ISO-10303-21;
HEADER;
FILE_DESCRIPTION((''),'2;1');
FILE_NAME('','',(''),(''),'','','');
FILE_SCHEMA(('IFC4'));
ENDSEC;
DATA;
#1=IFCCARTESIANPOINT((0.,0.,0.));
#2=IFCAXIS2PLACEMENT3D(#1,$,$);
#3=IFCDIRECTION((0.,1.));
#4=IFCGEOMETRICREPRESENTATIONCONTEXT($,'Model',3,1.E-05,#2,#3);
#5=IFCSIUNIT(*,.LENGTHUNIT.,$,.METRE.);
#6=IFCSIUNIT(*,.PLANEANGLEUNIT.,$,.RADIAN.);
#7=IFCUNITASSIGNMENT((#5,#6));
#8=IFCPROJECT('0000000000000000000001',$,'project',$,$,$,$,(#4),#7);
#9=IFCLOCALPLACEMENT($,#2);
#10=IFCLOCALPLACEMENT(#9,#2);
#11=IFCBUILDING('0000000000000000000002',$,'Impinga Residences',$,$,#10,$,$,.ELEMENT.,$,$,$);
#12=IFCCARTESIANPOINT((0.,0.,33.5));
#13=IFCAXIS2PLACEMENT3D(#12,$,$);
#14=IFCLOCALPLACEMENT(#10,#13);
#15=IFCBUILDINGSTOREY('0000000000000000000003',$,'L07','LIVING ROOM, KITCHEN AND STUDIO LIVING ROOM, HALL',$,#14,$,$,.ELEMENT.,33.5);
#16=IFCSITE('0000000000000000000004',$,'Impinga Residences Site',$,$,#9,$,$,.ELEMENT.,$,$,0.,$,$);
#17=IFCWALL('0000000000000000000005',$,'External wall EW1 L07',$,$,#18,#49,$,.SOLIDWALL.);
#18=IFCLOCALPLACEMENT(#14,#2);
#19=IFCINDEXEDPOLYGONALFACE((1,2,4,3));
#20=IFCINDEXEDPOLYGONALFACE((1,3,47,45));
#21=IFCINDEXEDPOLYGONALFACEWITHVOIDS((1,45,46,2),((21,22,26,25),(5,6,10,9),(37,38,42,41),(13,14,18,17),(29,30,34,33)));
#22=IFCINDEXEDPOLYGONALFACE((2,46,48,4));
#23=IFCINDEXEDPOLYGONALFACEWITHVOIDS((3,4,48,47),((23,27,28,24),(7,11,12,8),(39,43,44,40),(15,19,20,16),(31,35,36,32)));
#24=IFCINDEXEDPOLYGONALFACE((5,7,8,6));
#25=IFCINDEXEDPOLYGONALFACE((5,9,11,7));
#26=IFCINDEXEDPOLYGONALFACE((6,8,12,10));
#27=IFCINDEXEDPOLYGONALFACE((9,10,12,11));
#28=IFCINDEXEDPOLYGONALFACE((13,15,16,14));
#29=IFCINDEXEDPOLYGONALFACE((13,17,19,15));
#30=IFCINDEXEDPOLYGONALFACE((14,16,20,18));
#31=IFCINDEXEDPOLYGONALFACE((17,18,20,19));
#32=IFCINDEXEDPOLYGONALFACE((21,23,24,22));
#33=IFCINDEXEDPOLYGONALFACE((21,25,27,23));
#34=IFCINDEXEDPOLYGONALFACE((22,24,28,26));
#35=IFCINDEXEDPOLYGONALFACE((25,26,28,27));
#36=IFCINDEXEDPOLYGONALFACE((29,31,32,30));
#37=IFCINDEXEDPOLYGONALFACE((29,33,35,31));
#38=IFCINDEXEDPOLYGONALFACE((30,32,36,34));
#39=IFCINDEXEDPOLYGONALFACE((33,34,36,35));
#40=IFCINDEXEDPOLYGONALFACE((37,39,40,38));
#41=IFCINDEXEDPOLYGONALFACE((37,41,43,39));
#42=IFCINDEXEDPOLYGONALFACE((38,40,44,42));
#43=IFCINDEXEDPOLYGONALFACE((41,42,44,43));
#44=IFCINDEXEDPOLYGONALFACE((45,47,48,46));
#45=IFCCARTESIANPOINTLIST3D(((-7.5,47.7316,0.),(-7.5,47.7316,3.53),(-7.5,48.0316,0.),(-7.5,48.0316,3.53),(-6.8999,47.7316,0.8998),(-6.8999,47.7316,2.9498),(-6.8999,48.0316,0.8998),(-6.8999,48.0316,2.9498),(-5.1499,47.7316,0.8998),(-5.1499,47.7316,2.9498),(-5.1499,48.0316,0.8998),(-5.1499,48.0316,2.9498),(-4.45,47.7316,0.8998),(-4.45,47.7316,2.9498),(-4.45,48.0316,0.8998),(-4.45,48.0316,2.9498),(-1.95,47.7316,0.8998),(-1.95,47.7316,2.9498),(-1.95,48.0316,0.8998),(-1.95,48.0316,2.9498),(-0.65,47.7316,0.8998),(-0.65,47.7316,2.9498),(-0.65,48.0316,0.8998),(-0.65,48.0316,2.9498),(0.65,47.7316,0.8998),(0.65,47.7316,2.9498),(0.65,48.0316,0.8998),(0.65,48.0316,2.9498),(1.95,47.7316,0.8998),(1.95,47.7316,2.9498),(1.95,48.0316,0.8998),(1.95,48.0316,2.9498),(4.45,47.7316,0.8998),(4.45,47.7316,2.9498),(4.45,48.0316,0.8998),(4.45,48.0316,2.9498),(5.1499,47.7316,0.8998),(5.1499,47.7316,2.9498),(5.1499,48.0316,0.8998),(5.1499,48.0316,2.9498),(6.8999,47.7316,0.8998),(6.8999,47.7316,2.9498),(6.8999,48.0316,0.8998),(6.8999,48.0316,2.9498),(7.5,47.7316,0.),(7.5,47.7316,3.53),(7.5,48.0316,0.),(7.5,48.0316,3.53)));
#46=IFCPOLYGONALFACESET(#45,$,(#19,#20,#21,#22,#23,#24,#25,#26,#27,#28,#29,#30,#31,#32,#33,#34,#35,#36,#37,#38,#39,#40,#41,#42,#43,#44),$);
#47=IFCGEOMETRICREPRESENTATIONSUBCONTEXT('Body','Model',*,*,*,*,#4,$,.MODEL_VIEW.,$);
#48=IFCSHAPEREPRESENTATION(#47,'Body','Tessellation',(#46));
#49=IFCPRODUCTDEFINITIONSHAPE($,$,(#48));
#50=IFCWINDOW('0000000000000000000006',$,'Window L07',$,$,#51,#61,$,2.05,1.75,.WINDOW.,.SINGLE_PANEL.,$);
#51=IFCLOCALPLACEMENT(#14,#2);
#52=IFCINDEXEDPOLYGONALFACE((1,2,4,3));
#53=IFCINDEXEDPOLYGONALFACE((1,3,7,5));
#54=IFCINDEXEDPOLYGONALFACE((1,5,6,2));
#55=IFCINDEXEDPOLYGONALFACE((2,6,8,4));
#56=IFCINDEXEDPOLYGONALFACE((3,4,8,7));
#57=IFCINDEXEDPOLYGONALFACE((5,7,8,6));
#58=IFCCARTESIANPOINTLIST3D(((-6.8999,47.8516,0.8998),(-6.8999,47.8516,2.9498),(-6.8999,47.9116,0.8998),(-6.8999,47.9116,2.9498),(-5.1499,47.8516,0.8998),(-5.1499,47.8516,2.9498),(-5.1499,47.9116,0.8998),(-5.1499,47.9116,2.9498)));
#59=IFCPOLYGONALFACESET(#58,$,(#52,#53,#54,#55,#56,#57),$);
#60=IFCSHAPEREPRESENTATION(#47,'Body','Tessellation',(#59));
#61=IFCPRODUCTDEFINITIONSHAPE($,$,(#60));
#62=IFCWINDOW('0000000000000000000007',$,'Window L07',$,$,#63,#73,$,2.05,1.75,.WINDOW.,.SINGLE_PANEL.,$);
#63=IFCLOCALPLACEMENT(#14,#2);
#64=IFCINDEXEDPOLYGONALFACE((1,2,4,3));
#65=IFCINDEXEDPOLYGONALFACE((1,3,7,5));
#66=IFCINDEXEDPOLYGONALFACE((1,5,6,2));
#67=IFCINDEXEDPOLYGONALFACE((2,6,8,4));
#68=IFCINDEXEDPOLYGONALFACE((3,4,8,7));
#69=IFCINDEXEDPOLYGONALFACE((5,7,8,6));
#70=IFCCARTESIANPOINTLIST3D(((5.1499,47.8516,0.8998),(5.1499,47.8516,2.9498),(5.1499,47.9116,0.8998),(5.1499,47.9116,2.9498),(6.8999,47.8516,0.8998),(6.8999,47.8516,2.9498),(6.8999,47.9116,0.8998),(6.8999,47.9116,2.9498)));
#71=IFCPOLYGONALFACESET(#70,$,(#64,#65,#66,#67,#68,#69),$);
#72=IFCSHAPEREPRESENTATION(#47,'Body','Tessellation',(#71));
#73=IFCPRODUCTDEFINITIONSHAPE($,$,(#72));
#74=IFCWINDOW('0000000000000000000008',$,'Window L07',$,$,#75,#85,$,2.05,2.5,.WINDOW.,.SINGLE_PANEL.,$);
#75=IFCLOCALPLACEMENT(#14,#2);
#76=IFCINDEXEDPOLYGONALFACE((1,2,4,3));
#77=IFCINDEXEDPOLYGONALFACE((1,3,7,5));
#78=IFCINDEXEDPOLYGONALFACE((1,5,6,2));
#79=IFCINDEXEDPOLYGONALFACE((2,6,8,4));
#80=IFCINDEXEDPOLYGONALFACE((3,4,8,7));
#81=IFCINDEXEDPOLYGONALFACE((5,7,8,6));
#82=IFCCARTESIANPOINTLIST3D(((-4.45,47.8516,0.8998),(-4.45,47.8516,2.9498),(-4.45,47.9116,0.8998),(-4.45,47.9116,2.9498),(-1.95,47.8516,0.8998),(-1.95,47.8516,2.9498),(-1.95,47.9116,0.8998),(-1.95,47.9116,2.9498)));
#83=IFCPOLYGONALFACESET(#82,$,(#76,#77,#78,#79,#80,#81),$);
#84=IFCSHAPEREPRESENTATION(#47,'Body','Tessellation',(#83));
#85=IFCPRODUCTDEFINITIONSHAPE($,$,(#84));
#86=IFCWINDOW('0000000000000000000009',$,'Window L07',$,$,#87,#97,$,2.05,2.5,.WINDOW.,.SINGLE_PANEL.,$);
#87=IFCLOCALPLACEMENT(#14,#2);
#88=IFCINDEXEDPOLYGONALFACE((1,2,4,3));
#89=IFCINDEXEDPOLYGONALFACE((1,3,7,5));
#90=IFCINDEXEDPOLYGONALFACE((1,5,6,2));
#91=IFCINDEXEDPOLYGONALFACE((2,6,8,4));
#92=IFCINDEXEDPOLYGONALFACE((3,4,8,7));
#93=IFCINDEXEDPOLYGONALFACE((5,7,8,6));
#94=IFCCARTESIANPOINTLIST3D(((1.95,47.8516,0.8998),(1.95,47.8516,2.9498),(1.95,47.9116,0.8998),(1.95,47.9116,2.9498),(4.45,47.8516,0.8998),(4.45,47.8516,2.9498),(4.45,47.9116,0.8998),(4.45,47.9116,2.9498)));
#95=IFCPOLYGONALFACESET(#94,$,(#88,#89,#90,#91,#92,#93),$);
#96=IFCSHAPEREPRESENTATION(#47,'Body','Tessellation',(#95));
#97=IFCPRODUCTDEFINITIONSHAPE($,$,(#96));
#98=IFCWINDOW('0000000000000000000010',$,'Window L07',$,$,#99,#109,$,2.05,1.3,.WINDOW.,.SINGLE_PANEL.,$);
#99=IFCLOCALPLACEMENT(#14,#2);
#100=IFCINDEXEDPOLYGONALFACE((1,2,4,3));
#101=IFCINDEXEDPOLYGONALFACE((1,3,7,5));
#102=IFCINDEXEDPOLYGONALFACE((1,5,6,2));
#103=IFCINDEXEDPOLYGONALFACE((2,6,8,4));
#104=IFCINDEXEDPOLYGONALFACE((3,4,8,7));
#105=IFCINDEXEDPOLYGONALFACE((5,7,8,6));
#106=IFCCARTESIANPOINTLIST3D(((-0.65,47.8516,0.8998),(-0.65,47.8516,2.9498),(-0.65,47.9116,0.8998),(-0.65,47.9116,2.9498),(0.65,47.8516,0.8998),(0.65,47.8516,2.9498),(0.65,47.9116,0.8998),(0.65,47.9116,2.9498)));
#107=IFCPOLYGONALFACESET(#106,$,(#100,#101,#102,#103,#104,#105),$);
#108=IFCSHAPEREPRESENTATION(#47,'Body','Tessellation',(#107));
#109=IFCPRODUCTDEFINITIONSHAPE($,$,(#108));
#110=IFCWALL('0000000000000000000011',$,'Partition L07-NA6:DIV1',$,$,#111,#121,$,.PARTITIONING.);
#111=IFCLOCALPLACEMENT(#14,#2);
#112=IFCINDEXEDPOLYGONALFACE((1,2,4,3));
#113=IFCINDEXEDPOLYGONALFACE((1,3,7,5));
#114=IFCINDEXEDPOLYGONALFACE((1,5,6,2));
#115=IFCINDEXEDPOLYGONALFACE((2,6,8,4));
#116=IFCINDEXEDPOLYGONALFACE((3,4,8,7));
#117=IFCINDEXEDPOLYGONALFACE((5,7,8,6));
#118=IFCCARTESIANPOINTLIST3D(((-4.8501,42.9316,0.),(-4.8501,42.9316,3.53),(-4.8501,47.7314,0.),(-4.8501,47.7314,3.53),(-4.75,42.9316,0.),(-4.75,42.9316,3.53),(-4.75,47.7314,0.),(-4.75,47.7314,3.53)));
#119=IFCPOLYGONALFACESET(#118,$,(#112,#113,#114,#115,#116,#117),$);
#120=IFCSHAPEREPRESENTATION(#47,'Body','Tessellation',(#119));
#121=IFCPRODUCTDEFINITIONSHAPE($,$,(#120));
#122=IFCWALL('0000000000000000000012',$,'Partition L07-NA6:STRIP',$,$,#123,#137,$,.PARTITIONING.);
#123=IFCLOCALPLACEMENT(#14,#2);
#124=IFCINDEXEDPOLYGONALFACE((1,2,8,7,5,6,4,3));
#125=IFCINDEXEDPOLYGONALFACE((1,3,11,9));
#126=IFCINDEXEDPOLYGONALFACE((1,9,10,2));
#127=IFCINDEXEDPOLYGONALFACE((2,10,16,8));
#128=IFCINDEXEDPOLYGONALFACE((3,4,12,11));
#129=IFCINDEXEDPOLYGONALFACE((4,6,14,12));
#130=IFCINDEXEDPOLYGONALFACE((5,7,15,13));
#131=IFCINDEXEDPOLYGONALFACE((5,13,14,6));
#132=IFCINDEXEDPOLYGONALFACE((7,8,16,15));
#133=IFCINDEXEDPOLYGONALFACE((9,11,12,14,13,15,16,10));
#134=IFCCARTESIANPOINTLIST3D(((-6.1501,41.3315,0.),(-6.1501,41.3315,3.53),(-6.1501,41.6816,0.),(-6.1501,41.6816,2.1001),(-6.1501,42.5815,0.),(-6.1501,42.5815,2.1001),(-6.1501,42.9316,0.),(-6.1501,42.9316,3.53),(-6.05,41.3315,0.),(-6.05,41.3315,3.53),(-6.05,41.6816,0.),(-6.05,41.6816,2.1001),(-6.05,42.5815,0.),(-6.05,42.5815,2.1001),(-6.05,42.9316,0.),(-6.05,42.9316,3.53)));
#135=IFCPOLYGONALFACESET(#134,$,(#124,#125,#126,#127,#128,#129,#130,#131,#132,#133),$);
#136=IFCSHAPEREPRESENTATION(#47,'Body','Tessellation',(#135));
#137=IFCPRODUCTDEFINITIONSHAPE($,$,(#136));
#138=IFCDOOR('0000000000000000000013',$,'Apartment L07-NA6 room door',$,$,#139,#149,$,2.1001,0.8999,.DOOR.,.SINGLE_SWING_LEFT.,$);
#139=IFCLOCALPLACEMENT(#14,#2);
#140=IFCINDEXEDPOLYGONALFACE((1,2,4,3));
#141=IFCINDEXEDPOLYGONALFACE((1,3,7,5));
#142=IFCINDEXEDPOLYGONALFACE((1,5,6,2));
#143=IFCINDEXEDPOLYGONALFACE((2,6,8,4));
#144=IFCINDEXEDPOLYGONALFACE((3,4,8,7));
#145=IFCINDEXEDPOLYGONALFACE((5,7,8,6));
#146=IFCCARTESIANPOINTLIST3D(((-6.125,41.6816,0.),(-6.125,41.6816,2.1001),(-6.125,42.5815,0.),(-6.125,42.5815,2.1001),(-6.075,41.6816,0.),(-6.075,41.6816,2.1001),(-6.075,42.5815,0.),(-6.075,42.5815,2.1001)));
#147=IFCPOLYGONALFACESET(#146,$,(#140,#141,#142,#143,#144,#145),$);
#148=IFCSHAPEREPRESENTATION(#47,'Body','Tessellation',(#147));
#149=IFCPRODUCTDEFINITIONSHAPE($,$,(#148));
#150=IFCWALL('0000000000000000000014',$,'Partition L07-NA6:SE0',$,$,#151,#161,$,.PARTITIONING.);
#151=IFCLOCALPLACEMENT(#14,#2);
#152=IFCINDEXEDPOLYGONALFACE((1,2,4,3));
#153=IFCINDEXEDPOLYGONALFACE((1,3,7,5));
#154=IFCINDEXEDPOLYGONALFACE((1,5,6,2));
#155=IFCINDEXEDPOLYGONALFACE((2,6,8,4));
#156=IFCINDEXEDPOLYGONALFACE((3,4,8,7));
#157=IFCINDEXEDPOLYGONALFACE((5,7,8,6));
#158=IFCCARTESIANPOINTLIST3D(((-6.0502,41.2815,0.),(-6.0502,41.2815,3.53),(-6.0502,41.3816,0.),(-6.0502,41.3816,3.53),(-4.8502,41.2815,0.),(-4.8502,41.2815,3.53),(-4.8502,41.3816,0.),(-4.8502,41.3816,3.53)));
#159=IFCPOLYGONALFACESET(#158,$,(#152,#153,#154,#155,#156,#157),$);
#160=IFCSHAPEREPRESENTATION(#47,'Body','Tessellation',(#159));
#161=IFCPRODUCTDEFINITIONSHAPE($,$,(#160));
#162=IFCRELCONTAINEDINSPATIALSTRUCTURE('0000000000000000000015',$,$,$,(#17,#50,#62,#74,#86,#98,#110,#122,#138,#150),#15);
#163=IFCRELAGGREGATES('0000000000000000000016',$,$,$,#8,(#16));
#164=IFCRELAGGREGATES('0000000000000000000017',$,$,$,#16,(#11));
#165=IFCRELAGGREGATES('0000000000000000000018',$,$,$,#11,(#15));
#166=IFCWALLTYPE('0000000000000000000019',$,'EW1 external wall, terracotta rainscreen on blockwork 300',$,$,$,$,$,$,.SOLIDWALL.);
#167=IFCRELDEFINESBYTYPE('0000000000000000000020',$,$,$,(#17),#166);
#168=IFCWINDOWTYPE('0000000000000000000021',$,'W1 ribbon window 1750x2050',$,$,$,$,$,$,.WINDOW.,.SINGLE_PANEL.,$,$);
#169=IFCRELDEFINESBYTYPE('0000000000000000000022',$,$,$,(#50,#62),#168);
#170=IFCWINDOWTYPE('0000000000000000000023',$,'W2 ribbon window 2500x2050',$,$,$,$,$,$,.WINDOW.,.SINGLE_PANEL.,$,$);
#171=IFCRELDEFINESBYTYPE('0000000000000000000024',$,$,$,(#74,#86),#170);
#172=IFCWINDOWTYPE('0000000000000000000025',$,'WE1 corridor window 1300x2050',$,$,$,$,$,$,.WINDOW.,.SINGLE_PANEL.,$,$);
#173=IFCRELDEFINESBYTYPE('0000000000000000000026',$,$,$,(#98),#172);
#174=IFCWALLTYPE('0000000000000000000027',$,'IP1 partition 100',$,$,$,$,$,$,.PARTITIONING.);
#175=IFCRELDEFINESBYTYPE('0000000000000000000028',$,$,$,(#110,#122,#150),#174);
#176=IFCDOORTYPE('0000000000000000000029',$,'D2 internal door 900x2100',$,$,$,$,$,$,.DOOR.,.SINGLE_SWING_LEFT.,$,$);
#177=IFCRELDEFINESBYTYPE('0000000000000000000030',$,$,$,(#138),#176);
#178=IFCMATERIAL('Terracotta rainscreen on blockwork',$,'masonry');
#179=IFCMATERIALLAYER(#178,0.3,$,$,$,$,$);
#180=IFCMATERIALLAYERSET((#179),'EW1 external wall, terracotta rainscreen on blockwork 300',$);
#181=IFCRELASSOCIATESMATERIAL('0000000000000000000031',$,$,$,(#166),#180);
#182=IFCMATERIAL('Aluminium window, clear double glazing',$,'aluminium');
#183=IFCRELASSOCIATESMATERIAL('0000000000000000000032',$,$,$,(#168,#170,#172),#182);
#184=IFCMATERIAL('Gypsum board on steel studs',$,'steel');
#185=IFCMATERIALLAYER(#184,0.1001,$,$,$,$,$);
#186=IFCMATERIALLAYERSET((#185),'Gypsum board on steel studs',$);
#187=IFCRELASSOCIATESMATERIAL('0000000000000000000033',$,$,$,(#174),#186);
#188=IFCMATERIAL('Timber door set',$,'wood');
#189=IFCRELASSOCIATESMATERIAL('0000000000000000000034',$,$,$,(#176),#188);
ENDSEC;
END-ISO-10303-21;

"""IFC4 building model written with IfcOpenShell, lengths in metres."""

from ifc_helpers import new_model, si_unit, direction, frame, frame_2d, origin, place, context, subcontext, project, spatial, rectangle, extrude, material, layer, layer_set, type_object, element, fill, save


model = new_model("IFC4")

# Units and contexts
model_context = context("Model", 3, precision=1e-05, world=origin(), true_north=direction((0.0, 1.0)))
body_context = subcontext(model_context, "Body", "Model", "MODEL_VIEW")
ifc_project = project(units=[si_unit("LENGTHUNIT", "METRE"), si_unit("PLANEANGLEUNIT", "RADIAN")], contexts=[model_context])

# Site, building, storey
site_placement = place(None, origin())
site = spatial("IfcSite", under=ifc_project, at=site_placement, Name="Impinga Residences Site", CompositionType="ELEMENT", RefElevation=0.0)
building_placement = place(site_placement, origin())
building = spatial("IfcBuilding", under=site, at=building_placement, Name="Impinga Residences", CompositionType="ELEMENT")
storey_placement = place(building_placement, frame((0.0, 0.0, 33.5)))
storey = spatial("IfcBuildingStorey", under=building, at=storey_placement, Name="L07", Description="LIVING ROOM, KITCHEN AND STUDIO LIVING ROOM, HALL", CompositionType="ELEMENT", Elevation=33.5)

# Shared definitions
ifc_material_1 = material(Name="Terracotta rainscreen on blockwork", Category="masonry")
ifc_layer_1 = layer(ifc_material_1, 0.3)
ifc_layer_set_1 = layer_set([ifc_layer_1], Name="EW1 external wall, terracotta rainscreen on blockwork 300")
wall_type_1 = type_object("IfcWallType", Name="EW1 external wall, terracotta rainscreen on blockwork 300", PredefinedType="SOLIDWALL", material=ifc_layer_set_1)

# Wall, openings, windows
wall_1_placement = place(storey_placement, frame((-7.5, 47.8816, 0.0), z_axis=(0.0, 0.0, 1.0), x_axis=(1.0, 0.0, 0.0)))
wall_1 = element("IfcWall", 1, at=wall_1_placement, inside=storey, type_object=wall_type_1, Name="External wall EW1 L07", PredefinedType="SOLIDWALL", context=body_context, shape_type="SweptSolid", body=[
    extrude(rectangle(XDim=15.0, YDim=0.3, at=frame_2d((7.5, 0.0))), origin(), (0.0, 0.0, 1.0), 3.53),
])
opening_1_placement = place(wall_1_placement, frame((0.6001, 0.0, 0.8999)))
opening_1 = element("IfcOpeningElement", 2, at=opening_1_placement, cuts=wall_1, PredefinedType="OPENING", context=body_context, shape_type="SweptSolid", body=[
    extrude(rectangle(XDim=1.75, YDim=2.05, at=frame_2d((0.875, 1.0249))), frame((0.0, 0.1599, 0.0), z_axis=(0.0, -1.0, 0.0), x_axis=(1.0, 0.0, 0.0)), (0.0, 0.0, 1.0), 0.3201),
])
opening_2_placement = place(wall_1_placement, frame((3.05, 0.0, 0.8999)))
opening_2 = element("IfcOpeningElement", 3, at=opening_2_placement, cuts=wall_1, PredefinedType="OPENING", context=body_context, shape_type="SweptSolid", body=[
    extrude(rectangle(XDim=2.5, YDim=2.05, at=frame_2d((1.25, 1.0249))), frame((0.0, 0.1599, 0.0), z_axis=(0.0, -1.0, 0.0), x_axis=(1.0, 0.0, 0.0)), (0.0, 0.0, 1.0), 0.3201),
])
opening_3_placement = place(wall_1_placement, frame((6.8501, 0.0, 0.8999)))
opening_3 = element("IfcOpeningElement", 4, at=opening_3_placement, cuts=wall_1, PredefinedType="OPENING", context=body_context, shape_type="SweptSolid", body=[
    extrude(rectangle(XDim=1.3, YDim=2.05, at=frame_2d((0.6499, 1.0249))), frame((0.0, 0.1599, 0.0), z_axis=(0.0, -1.0, 0.0), x_axis=(1.0, 0.0, 0.0)), (0.0, 0.0, 1.0), 0.3201),
])
opening_4_placement = place(wall_1_placement, frame((9.45, 0.0, 0.8999)))
opening_4 = element("IfcOpeningElement", 5, at=opening_4_placement, cuts=wall_1, PredefinedType="OPENING", context=body_context, shape_type="SweptSolid", body=[
    extrude(rectangle(XDim=2.5, YDim=2.05, at=frame_2d((1.25, 1.0249))), frame((0.0, 0.1599, 0.0), z_axis=(0.0, -1.0, 0.0), x_axis=(1.0, 0.0, 0.0)), (0.0, 0.0, 1.0), 0.3201),
])
opening_5_placement = place(wall_1_placement, frame((12.6499, 0.0, 0.8999)))
opening_5 = element("IfcOpeningElement", 6, at=opening_5_placement, cuts=wall_1, PredefinedType="OPENING", context=body_context, shape_type="SweptSolid", body=[
    extrude(rectangle(XDim=1.75, YDim=2.05, at=frame_2d((0.875, 1.0249))), frame((0.0, 0.1599, 0.0), z_axis=(0.0, -1.0, 0.0), x_axis=(1.0, 0.0, 0.0)), (0.0, 0.0, 1.0), 0.3201),
])
ifc_material_2 = material(Name="Aluminium window, clear double glazing", Category="aluminium")
window_type_1 = type_object("IfcWindowType", Name="W1 ribbon window 1750x2050", PartitioningType="SINGLE_PANEL", PredefinedType="WINDOW", material=ifc_material_2)
window_1_placement = place(opening_1_placement, origin())
window_1 = element("IfcWindow", 7, at=window_1_placement, inside=storey, type_object=window_type_1, Name="Window L07", OverallHeight=2.05, OverallWidth=1.75, PartitioningType="SINGLE_PANEL", PredefinedType="WINDOW", context=body_context, shape_type="SweptSolid", body=[
    extrude(rectangle(XDim=1.75, YDim=2.05, at=frame_2d((0.875, 1.0249))), frame((0.0, 0.03, 0.0), z_axis=(0.0, -1.0, 0.0), x_axis=(1.0, 0.0, 0.0)), (0.0, 0.0, 1.0), 0.0601),
])
fill(opening_1, window_1)
window_2_placement = place(opening_5_placement, origin())
window_2 = element("IfcWindow", 8, at=window_2_placement, inside=storey, type_object=window_type_1, Name="Window L07", OverallHeight=2.05, OverallWidth=1.75, PartitioningType="SINGLE_PANEL", PredefinedType="WINDOW", context=body_context, shape_type="SweptSolid", body=[
    extrude(rectangle(XDim=1.75, YDim=2.05, at=frame_2d((0.875, 1.0249))), frame((0.0, 0.03, 0.0), z_axis=(0.0, -1.0, 0.0), x_axis=(1.0, 0.0, 0.0)), (0.0, 0.0, 1.0), 0.0601),
])
fill(opening_5, window_2)
window_type_2 = type_object("IfcWindowType", Name="W2 ribbon window 2500x2050", PartitioningType="SINGLE_PANEL", PredefinedType="WINDOW", material=ifc_material_2)
window_3_placement = place(opening_2_placement, origin())
window_3 = element("IfcWindow", 9, at=window_3_placement, inside=storey, type_object=window_type_2, Name="Window L07", OverallHeight=2.05, OverallWidth=2.5, PartitioningType="SINGLE_PANEL", PredefinedType="WINDOW", context=body_context, shape_type="SweptSolid", body=[
    extrude(rectangle(XDim=2.5, YDim=2.05, at=frame_2d((1.25, 1.0249))), frame((0.0, 0.03, 0.0), z_axis=(0.0, -1.0, 0.0), x_axis=(1.0, 0.0, 0.0)), (0.0, 0.0, 1.0), 0.0601),
])
fill(opening_2, window_3)
window_4_placement = place(opening_4_placement, origin())
window_4 = element("IfcWindow", 10, at=window_4_placement, inside=storey, type_object=window_type_2, Name="Window L07", OverallHeight=2.05, OverallWidth=2.5, PartitioningType="SINGLE_PANEL", PredefinedType="WINDOW", context=body_context, shape_type="SweptSolid", body=[
    extrude(rectangle(XDim=2.5, YDim=2.05, at=frame_2d((1.25, 1.0249))), frame((0.0, 0.03, 0.0), z_axis=(0.0, -1.0, 0.0), x_axis=(1.0, 0.0, 0.0)), (0.0, 0.0, 1.0), 0.0601),
])
fill(opening_4, window_4)
window_type_3 = type_object("IfcWindowType", Name="WE1 corridor window 1300x2050", PartitioningType="SINGLE_PANEL", PredefinedType="WINDOW", material=ifc_material_2)
window_5_placement = place(opening_3_placement, origin())
window_5 = element("IfcWindow", 11, at=window_5_placement, inside=storey, type_object=window_type_3, Name="Window L07", OverallHeight=2.05, OverallWidth=1.3, PartitioningType="SINGLE_PANEL", PredefinedType="WINDOW", context=body_context, shape_type="SweptSolid", body=[
    extrude(rectangle(XDim=1.3, YDim=2.05, at=frame_2d((0.6499, 1.0249))), frame((0.0, 0.03, 0.0), z_axis=(0.0, -1.0, 0.0), x_axis=(1.0, 0.0, 0.0)), (0.0, 0.0, 1.0), 0.0601),
])
fill(opening_3, window_5)

# Wall
ifc_material_3 = material(Name="Gypsum board on steel studs", Category="steel")
ifc_layer_2 = layer(ifc_material_3, 0.1001)
ifc_layer_set_2 = layer_set([ifc_layer_2], Name="Gypsum board on steel studs")
wall_type_2 = type_object("IfcWallType", Name="IP1 partition 100", PredefinedType="PARTITIONING", material=ifc_layer_set_2)
wall_2_placement = place(storey_placement, frame((-4.8, 42.9316, 0.0), z_axis=(0.0, 0.0, 1.0), x_axis=(0.0, 1.0, 0.0)))
element("IfcWall", 12, at=wall_2_placement, inside=storey, type_object=wall_type_2, Name="Partition L07-NA6:DIV1", PredefinedType="PARTITIONING", context=body_context, shape_type="SweptSolid", body=[
    extrude(rectangle(XDim=4.7998, YDim=0.1001, at=frame_2d((2.3999, 0.0))), origin(), (0.0, 0.0, 1.0), 3.53),
])

# Wall, opening, door
wall_3_placement = place(storey_placement, frame((-6.1001, 41.3315, 0.0), z_axis=(0.0, 0.0, 1.0), x_axis=(0.0, 1.0, 0.0)))
wall_3 = element("IfcWall", 13, at=wall_3_placement, inside=storey, type_object=wall_type_2, Name="Partition L07-NA6:STRIP", PredefinedType="PARTITIONING", context=body_context, shape_type="SweptSolid", body=[
    extrude(rectangle(XDim=1.6001, YDim=0.1001, at=frame_2d((0.8, 0.0))), origin(), (0.0, 0.0, 1.0), 3.53),
])
opening_6_placement = place(wall_3_placement, frame((0.3501, 0.0, 0.0)))
opening_6 = element("IfcOpeningElement", 14, at=opening_6_placement, cuts=wall_3, PredefinedType="OPENING", context=body_context, shape_type="SweptSolid", body=[
    extrude(rectangle(XDim=0.8999, YDim=2.1001, at=frame_2d((0.45, 1.05))), frame((0.0, 0.0601, 0.0), z_axis=(0.0, -1.0, 0.0), x_axis=(1.0, 0.0, 0.0)), (0.0, 0.0, 1.0), 0.1201),
])
ifc_material_4 = material(Name="Timber door set", Category="wood")
door_type = type_object("IfcDoorType", Name="D2 internal door 900x2100", OperationType="SINGLE_SWING_LEFT", PredefinedType="DOOR", material=ifc_material_4)
door_1_placement = place(opening_6_placement, origin())
door_1 = element("IfcDoor", 15, at=door_1_placement, inside=storey, type_object=door_type, Name="Apartment L07-NA6 room door", OperationType="SINGLE_SWING_LEFT", OverallHeight=2.1001, OverallWidth=0.8999, PredefinedType="DOOR", context=body_context, shape_type="SweptSolid", body=[
    extrude(rectangle(XDim=0.8999, YDim=2.1001, at=frame_2d((0.45, 1.05))), frame((0.0, 0.0249, 0.0), z_axis=(0.0, -1.0, 0.0), x_axis=(1.0, 0.0, 0.0)), (0.0, 0.0, 1.0), 0.05),
])
fill(opening_6, door_1)

# Wall
for number, where, z_axis, x_axis, name in (
    (16, (-4.8501, 41.3315, 0.0), (0.0, 0.0, 1.0), (-1.0, 0.0, 0.0), "Partition L07-NA6:SE0"),
):
    element("IfcWall", number, at=place(storey_placement, frame(where, z_axis=z_axis, x_axis=x_axis)), inside=storey, type_object=wall_type_2, Name=name, PredefinedType="PARTITIONING", context=body_context, shape_type="SweptSolid", body=[
        extrude(rectangle(XDim=1.2, YDim=0.1001, at=frame_2d((0.6001, 0.0))), origin(), (0.0, 0.0, 1.0), 3.53),
    ])

save(model, "model.ifc")
